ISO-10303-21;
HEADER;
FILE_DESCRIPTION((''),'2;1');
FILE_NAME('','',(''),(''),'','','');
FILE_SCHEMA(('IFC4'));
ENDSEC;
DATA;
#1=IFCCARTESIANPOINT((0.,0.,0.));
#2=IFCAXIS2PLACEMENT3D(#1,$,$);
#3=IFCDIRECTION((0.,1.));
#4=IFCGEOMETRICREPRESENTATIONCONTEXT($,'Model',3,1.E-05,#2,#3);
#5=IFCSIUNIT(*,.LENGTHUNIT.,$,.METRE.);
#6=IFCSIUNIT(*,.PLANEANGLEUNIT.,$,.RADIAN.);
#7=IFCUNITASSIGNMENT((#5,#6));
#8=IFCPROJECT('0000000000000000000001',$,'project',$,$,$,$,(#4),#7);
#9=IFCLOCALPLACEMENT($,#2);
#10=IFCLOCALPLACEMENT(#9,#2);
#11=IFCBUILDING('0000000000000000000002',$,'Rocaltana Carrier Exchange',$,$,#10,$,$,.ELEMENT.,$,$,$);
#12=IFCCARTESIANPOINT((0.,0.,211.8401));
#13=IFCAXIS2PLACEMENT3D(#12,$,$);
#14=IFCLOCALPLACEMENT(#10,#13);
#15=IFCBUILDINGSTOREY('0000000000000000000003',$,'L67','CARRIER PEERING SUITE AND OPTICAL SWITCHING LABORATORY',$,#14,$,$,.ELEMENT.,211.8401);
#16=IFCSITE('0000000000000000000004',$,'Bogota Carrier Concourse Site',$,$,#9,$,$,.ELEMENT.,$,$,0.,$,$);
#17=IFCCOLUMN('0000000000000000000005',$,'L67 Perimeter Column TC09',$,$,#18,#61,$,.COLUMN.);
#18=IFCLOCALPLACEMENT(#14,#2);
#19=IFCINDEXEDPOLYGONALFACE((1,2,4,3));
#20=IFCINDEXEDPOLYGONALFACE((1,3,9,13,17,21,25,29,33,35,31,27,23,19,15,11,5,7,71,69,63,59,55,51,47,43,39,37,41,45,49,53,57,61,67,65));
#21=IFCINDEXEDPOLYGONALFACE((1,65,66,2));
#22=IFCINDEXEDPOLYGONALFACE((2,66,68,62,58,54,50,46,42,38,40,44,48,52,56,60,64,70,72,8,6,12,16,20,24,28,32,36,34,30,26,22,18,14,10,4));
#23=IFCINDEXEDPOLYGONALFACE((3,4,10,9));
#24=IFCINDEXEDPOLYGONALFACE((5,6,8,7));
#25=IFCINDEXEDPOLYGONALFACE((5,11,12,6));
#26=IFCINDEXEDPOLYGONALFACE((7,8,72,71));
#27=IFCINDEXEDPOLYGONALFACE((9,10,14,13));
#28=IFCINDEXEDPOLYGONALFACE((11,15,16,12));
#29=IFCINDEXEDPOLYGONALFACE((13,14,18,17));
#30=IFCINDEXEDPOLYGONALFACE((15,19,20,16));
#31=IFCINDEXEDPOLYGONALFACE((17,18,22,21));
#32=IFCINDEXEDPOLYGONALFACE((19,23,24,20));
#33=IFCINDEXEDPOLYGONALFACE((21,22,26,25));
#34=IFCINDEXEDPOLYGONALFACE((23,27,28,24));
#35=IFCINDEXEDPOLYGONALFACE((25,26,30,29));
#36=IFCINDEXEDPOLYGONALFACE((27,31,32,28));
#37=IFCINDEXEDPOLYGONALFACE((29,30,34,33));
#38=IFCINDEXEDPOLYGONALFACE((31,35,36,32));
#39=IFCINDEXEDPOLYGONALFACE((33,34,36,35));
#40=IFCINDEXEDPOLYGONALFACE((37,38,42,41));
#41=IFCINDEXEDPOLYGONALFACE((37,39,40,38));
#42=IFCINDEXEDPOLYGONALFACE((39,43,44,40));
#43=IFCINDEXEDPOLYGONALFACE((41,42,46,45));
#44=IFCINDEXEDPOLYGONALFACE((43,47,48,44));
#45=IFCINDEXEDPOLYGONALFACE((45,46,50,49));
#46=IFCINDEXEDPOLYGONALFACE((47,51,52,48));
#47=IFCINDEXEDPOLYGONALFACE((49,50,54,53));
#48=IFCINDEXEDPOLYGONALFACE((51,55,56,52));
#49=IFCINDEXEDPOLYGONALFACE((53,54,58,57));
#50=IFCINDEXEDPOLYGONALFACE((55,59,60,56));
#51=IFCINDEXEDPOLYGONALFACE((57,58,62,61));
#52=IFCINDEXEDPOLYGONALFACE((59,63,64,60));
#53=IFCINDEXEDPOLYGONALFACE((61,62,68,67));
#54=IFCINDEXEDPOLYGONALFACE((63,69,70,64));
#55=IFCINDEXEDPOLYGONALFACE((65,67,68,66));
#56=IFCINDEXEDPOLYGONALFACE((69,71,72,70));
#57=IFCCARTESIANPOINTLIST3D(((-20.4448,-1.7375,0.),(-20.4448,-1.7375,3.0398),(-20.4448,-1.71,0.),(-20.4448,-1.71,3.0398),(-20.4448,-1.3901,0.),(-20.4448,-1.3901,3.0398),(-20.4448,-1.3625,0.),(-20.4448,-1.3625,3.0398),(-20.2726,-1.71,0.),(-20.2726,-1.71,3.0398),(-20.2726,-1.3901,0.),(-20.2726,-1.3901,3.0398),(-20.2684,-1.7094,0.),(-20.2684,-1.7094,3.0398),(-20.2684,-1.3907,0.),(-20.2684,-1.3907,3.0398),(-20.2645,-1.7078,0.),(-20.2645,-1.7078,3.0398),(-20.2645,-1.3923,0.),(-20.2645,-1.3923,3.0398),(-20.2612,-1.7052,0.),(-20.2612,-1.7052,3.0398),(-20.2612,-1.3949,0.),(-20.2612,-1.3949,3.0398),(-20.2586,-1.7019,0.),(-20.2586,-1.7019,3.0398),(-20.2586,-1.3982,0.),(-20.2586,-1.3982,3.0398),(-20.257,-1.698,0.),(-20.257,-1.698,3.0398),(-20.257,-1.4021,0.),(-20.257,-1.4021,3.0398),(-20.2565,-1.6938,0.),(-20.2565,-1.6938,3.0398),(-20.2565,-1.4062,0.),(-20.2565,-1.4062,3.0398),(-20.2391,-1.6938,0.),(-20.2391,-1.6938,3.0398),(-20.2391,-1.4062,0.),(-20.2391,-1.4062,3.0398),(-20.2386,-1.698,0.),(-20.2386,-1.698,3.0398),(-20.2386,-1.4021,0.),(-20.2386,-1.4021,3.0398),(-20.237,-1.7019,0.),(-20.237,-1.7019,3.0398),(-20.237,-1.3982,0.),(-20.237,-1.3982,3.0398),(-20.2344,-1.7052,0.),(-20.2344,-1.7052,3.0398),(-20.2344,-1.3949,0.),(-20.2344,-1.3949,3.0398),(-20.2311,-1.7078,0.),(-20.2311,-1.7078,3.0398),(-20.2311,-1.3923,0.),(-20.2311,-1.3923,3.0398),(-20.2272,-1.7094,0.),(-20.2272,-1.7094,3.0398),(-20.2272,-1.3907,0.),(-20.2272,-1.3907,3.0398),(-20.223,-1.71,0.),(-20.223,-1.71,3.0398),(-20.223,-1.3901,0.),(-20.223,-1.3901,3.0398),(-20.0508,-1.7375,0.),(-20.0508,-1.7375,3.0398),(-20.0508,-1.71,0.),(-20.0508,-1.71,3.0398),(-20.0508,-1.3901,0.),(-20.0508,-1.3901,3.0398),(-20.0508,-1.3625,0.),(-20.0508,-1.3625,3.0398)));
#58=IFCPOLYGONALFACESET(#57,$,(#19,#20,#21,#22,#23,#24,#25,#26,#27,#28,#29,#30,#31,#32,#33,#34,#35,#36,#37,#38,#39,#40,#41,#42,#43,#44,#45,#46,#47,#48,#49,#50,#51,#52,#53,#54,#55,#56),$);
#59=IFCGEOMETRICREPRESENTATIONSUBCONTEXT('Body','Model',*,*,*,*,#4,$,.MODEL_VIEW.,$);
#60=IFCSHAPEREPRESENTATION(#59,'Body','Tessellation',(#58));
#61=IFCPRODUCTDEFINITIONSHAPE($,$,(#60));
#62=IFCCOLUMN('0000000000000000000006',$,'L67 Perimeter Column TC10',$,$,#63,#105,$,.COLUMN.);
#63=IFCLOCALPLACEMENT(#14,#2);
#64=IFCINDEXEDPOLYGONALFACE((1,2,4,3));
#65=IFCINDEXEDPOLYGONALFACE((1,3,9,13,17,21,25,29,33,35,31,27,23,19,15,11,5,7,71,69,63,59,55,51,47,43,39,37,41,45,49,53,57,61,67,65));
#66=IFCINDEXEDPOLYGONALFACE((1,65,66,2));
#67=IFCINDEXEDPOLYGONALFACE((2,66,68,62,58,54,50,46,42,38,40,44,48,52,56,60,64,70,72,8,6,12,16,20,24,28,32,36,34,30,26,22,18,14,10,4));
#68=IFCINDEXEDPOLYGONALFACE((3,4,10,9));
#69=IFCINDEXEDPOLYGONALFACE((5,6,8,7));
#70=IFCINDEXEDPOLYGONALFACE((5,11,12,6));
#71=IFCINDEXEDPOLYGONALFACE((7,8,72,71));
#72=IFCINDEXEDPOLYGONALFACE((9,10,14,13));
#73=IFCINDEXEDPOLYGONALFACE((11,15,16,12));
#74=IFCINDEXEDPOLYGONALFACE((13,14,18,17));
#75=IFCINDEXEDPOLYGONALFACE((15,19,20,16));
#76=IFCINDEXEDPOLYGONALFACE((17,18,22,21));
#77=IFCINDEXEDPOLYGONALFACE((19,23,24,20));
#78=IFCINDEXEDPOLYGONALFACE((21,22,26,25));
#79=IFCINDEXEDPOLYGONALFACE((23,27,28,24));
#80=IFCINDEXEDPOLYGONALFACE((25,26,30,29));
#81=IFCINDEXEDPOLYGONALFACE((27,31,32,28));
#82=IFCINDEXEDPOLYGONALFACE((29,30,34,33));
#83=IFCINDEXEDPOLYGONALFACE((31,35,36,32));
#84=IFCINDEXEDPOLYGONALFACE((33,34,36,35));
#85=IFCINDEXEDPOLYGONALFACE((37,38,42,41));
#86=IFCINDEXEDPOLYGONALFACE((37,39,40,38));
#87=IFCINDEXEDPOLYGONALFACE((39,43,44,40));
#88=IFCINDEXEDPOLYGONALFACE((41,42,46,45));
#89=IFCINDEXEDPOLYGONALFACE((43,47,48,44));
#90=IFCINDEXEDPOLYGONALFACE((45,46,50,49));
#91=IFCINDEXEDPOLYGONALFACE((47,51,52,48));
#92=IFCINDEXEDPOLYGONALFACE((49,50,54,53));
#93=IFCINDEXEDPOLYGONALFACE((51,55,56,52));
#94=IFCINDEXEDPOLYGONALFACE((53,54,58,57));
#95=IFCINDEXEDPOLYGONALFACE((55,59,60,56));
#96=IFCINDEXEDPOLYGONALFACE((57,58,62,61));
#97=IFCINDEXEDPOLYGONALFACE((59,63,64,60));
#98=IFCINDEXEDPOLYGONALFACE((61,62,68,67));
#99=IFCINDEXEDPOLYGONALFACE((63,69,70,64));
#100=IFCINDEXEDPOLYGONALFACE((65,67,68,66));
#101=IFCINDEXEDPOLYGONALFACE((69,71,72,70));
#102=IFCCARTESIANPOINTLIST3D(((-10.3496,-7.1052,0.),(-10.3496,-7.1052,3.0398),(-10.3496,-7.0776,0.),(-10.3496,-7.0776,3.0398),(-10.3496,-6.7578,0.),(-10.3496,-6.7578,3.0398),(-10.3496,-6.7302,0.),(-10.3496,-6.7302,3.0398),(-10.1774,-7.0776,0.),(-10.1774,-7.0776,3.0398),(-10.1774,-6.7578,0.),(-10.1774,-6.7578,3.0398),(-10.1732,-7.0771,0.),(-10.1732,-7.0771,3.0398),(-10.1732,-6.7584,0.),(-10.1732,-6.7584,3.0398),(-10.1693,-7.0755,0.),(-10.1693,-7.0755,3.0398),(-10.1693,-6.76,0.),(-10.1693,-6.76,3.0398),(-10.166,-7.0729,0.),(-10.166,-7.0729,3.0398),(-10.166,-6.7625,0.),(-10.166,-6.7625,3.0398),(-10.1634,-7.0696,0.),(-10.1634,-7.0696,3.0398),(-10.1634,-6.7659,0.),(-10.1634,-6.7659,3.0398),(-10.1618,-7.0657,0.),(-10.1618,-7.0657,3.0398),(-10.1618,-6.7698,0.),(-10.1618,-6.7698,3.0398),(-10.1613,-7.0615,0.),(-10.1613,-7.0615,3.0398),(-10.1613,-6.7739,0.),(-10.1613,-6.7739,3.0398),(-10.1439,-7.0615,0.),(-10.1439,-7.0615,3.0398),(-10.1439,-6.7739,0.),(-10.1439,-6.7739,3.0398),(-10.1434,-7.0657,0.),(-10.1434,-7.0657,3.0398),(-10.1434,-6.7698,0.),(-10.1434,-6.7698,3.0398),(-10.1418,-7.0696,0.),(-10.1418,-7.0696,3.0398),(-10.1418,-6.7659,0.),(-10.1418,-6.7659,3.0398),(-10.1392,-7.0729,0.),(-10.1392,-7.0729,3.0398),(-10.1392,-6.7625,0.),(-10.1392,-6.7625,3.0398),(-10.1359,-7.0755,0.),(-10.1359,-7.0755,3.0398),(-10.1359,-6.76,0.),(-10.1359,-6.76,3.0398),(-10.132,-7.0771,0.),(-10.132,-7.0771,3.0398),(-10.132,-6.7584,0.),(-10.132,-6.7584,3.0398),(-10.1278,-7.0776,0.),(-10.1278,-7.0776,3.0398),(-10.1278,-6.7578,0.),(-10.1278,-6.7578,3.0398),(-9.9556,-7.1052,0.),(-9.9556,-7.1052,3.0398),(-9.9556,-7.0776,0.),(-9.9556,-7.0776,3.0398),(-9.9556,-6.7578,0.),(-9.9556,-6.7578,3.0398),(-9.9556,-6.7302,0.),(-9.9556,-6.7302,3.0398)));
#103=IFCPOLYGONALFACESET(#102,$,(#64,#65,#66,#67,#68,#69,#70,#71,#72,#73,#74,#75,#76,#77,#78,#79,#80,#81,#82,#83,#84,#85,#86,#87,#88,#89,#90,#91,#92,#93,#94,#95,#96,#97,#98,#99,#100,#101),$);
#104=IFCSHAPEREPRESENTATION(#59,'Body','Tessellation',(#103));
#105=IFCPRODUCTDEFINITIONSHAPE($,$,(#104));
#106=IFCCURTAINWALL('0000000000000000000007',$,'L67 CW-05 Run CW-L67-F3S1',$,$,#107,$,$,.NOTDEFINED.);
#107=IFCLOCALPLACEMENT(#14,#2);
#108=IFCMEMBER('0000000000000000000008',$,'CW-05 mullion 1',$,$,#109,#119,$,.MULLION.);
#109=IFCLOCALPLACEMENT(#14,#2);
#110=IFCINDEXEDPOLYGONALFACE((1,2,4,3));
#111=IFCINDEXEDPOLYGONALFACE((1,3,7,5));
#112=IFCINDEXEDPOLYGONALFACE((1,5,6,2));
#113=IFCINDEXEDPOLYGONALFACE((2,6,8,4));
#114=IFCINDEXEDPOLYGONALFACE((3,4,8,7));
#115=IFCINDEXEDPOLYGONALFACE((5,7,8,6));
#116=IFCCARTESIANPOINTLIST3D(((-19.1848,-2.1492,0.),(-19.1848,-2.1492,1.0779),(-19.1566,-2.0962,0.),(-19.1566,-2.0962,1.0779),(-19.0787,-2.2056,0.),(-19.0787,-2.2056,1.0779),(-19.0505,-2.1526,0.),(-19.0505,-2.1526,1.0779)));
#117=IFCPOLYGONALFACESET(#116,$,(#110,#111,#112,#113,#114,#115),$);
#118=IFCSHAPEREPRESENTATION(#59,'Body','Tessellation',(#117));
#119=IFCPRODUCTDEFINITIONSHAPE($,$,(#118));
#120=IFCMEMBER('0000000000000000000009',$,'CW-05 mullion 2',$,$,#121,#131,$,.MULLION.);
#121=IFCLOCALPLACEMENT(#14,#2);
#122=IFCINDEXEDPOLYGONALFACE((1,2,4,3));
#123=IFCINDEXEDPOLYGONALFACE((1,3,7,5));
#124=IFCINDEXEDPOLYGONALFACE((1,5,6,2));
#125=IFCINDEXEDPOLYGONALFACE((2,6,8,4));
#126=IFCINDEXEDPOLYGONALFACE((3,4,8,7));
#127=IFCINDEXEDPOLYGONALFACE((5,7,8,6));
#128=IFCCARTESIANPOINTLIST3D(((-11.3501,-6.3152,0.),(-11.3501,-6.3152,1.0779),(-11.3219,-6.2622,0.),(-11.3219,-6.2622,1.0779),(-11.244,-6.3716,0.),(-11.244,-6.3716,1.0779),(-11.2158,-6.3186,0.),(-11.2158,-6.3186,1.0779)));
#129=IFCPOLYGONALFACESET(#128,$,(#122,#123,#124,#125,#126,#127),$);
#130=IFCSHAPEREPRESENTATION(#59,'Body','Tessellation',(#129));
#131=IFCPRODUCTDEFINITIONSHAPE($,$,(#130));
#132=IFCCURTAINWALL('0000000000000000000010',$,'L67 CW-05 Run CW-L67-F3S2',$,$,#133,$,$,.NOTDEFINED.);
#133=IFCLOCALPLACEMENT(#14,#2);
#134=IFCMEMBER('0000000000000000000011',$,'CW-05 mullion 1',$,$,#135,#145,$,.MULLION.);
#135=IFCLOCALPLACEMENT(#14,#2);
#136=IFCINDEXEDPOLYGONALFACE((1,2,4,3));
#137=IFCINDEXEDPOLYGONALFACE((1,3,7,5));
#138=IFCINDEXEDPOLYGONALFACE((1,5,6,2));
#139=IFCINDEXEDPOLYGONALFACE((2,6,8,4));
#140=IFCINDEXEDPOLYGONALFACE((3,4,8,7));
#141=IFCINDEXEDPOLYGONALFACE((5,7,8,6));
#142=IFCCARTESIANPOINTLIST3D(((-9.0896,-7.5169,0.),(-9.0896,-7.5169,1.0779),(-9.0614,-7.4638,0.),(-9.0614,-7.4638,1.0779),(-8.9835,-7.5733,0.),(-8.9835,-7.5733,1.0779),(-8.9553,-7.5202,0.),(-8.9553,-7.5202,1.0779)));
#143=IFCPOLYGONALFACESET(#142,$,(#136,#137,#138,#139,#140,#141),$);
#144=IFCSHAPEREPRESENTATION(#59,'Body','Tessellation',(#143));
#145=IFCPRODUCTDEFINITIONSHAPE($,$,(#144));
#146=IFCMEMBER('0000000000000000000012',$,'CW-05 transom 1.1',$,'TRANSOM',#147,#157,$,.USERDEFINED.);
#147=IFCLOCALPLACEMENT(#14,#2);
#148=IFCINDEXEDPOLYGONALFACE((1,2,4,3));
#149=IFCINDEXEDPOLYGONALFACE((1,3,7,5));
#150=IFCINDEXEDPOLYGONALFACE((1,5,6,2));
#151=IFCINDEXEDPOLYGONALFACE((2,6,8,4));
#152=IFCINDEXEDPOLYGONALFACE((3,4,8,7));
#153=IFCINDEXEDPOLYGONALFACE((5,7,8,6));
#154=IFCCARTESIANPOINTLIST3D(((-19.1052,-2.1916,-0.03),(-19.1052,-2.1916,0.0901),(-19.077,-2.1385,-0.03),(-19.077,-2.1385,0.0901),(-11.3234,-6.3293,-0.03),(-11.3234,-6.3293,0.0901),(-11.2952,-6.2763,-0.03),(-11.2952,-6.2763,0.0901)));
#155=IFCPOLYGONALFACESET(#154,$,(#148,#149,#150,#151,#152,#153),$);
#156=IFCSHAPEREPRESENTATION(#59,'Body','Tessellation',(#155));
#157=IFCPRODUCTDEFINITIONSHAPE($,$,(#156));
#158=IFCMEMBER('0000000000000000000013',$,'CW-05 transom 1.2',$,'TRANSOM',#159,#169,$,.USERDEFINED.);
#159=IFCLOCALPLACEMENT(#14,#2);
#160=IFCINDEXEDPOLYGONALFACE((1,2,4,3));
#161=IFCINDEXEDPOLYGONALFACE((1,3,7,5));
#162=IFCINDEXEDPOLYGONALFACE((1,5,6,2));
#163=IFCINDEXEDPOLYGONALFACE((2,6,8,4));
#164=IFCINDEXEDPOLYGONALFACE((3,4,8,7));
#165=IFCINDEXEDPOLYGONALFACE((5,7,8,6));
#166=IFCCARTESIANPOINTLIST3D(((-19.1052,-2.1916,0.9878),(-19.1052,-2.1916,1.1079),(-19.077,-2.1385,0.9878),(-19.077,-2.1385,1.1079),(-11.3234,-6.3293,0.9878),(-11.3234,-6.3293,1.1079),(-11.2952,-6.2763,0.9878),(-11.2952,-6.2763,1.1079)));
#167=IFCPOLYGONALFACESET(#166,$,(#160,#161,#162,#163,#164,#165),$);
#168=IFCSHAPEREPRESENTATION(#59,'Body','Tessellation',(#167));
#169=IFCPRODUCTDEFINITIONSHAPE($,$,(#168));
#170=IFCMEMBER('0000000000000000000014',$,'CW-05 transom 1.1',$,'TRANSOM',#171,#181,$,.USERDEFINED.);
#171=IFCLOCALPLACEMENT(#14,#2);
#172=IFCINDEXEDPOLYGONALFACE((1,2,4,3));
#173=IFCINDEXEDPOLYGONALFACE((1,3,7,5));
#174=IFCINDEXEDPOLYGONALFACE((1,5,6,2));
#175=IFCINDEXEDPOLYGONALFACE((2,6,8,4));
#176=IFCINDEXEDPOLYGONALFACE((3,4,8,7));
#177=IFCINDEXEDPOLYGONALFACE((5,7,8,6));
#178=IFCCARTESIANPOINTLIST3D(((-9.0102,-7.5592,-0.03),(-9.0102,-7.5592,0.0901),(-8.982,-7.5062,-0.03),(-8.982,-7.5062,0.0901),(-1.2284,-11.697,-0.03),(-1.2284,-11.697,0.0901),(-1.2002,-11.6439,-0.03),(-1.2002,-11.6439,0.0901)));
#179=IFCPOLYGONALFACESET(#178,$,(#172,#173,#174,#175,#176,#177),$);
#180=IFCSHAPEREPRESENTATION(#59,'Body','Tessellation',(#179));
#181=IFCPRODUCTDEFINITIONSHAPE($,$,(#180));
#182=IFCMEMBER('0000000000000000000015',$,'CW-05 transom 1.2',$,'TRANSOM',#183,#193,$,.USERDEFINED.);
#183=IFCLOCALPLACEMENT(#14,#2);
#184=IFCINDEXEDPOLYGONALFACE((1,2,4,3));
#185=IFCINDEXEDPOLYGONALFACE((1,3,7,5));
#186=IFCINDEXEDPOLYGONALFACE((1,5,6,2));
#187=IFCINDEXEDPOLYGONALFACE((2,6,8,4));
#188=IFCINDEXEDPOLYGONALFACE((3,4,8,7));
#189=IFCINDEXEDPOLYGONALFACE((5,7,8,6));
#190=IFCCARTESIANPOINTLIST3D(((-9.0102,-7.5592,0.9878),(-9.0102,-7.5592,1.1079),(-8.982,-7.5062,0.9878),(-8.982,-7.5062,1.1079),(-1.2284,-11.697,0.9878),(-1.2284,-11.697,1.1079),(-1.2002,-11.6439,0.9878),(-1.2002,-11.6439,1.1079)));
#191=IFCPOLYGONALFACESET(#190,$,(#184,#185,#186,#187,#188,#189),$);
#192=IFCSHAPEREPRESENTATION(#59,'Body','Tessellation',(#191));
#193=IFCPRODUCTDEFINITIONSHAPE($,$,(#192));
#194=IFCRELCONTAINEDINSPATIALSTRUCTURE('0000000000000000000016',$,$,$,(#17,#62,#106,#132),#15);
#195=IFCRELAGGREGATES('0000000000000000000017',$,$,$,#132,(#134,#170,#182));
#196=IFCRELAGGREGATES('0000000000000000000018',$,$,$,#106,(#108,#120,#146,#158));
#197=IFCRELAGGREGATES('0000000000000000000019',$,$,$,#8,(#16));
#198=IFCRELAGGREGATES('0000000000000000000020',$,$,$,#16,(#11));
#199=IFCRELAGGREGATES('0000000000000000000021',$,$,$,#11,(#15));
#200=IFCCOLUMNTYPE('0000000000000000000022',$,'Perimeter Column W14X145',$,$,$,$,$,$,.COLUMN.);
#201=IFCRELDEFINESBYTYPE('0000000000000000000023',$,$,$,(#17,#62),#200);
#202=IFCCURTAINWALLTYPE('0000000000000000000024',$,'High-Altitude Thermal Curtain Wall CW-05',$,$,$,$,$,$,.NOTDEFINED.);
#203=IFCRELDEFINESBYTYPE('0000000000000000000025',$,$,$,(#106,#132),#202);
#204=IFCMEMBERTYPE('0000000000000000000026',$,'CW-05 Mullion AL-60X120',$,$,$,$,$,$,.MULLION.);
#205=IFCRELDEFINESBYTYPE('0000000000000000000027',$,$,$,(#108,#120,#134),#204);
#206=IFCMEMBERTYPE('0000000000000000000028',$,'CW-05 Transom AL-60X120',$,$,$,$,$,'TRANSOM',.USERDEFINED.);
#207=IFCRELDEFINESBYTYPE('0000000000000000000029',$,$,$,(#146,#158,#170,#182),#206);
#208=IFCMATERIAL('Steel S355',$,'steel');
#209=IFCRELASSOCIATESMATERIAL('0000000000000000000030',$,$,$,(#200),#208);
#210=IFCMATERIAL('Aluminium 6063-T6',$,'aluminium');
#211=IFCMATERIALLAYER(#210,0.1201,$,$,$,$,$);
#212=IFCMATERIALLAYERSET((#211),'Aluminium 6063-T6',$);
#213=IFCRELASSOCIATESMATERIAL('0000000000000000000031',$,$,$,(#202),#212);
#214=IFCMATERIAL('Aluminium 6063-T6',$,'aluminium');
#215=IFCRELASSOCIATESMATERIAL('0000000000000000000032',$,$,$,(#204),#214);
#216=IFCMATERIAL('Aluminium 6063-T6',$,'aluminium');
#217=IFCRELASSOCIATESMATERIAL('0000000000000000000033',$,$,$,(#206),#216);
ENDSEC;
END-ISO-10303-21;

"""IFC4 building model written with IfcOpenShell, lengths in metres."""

from ifc_helpers import new_model, si_unit, direction, frame, origin, origin_2d, place, context, subcontext, project, spatial, rectangle, i_section, extrude, material, layer, layer_set, material_profile, profile_set, type_object, element, aggregate, save


model = new_model("IFC4")

# Units and contexts
model_context = context("Model", 3, precision=1e-05, world=origin(), true_north=direction((0.0, 1.0)))
body_context = subcontext(model_context, "Body", "Model", "MODEL_VIEW")
ifc_project = project(units=[si_unit("LENGTHUNIT", "METRE"), si_unit("PLANEANGLEUNIT", "RADIAN")], contexts=[model_context])

# Site, building, storey
site_placement = place(None, origin())
site = spatial("IfcSite", under=ifc_project, at=site_placement, Name="Bogota Carrier Concourse Site", CompositionType="ELEMENT", RefElevation=0.0)
building_placement = place(site_placement, origin())
building = spatial("IfcBuilding", under=site, at=building_placement, Name="Rocaltana Carrier Exchange", CompositionType="ELEMENT")
storey_placement = place(building_placement, frame((0.0, 0.0, 211.8401)))
storey = spatial("IfcBuildingStorey", under=building, at=storey_placement, Name="L67", Description="CARRIER PEERING SUITE AND OPTICAL SWITCHING LABORATORY", CompositionType="ELEMENT", Elevation=211.8401)

# Columns
ifc_material_1 = material(Name="Steel S355", Category="steel")
ifc_material_profile_1 = material_profile(ifc_material_1, i_section(OverallWidth=0.394, OverallDepth=0.375, WebThickness=0.0173, FlangeThickness=0.0276, FilletRadius=0.0161, at=origin_2d()), Name="W14X145")
ifc_profile_set_1 = profile_set([ifc_material_profile_1], Name="Steel S355")
column_type = type_object("IfcColumnType", Name="Perimeter Column W14X145", PredefinedType="COLUMN", material=ifc_profile_set_1)
for number, where, z_axis, x_axis, name in (
    (1, (-20.2478, -1.55, 0.0), (0.0, 0.0, 1.0), (1.0, 0.0, 0.0), "L67 Perimeter Column TC09"),
    (2, (-10.1526, -6.9177, 0.0), (0.0, 0.0, 1.0), (1.0, 0.0, 0.0), "L67 Perimeter Column TC10"),
):
    element("IfcColumn", number, at=place(storey_placement, frame(where, z_axis=z_axis, x_axis=x_axis)), inside=storey, type_object=column_type, Name=name, PredefinedType="COLUMN", context=body_context, shape_type="SweptSolid", body=[
        extrude(i_section(OverallWidth=0.394, OverallDepth=0.375, WebThickness=0.0173, FlangeThickness=0.0276, FilletRadius=0.0161, at=origin_2d()), origin(), (0.0, 0.0, 1.0), 3.0398),
    ])

# Curtain wall, members
ifc_material_2 = material(Name="Aluminium 6063-T6", Category="aluminium")
ifc_layer_1 = layer(ifc_material_2, 0.1201)
ifc_layer_set_1 = layer_set([ifc_layer_1], Name="Aluminium 6063-T6")
curtain_wall_type = type_object("IfcCurtainWallType", Name="High-Altitude Thermal Curtain Wall CW-05", PredefinedType="NOTDEFINED", material=ifc_layer_set_1)
curtain_wall_1_placement = place(storey_placement, origin())
curtain_wall_1 = element("IfcCurtainWall", 3, at=curtain_wall_1_placement, inside=storey, type_object=curtain_wall_type, Name="L67 CW-05 Run CW-L67-F3S1", PredefinedType="NOTDEFINED")
ifc_material_3 = material(Name="Aluminium 6063-T6", Category="aluminium")
ifc_material_profile_2 = material_profile(ifc_material_3, rectangle(XDim=0.0601, YDim=0.1201, at=origin_2d()), Name="AL-60X120")
ifc_profile_set_2 = profile_set([ifc_material_profile_2], Name="Aluminium 6063-T6")
member_type_1 = type_object("IfcMemberType", Name="CW-05 Mullion AL-60X120", PredefinedType="MULLION", material=ifc_profile_set_2)
member_1_placement = place(storey_placement, frame((-19.1177, -2.1509, 0.0), z_axis=(0.0, 0.0, 1.0), x_axis=(0.469483, 0.882941, 0.0)))
member_1 = element("IfcMember", 4, at=member_1_placement, type_object=member_type_1, Name="CW-05 mullion 1", PredefinedType="MULLION", context=body_context, shape_type="SweptSolid", body=[
    extrude(rectangle(XDim=0.0601, YDim=0.1201, at=origin_2d()), origin(), (0.0, 0.0, 1.0), 1.0779),
])
member_2_placement = place(storey_placement, frame((-11.283, -6.3169, 0.0), z_axis=(0.0, 0.0, 1.0), x_axis=(0.469483, 0.882941, 0.0)))
member_2 = element("IfcMember", 5, at=member_2_placement, type_object=member_type_1, Name="CW-05 mullion 2", PredefinedType="MULLION", context=body_context, shape_type="SweptSolid", body=[
    extrude(rectangle(XDim=0.0601, YDim=0.1201, at=origin_2d()), origin(), (0.0, 0.0, 1.0), 1.0779),
])

# Curtain wall, member
curtain_wall_2_placement = place(storey_placement, origin())
curtain_wall_2 = element("IfcCurtainWall", 6, at=curtain_wall_2_placement, inside=storey, type_object=curtain_wall_type, Name="L67 CW-05 Run CW-L67-F3S2", PredefinedType="NOTDEFINED")
member_3_placement = place(storey_placement, frame((-9.0225, -7.5186, 0.0), z_axis=(0.0, 0.0, 1.0), x_axis=(0.469479, 0.882943, 0.0)))
member_3 = element("IfcMember", 7, at=member_3_placement, type_object=member_type_1, Name="CW-05 mullion 1", PredefinedType="MULLION", context=body_context, shape_type="SweptSolid", body=[
    extrude(rectangle(XDim=0.0601, YDim=0.1201, at=origin_2d()), origin(), (0.0, 0.0, 1.0), 1.0779),
])

# Members
ifc_material_4 = material(Name="Aluminium 6063-T6", Category="aluminium")
ifc_material_profile_3 = material_profile(ifc_material_4, rectangle(XDim=0.0601, YDim=0.1201, at=origin_2d()), Name="AL-60X120")
ifc_profile_set_3 = profile_set([ifc_material_profile_3], Name="Aluminium 6063-T6")
member_type_2 = type_object("IfcMemberType", Name="CW-05 Transom AL-60X120", ElementType="TRANSOM", PredefinedType="USERDEFINED", material=ifc_profile_set_3)
member_4_placement = place(storey_placement, frame((-19.0911, -2.165, 0.03), z_axis=(0.882944, -0.469478, 0.0), x_axis=(0.469478, 0.882944, 0.0)))
member_4 = element("IfcMember", 8, at=member_4_placement, type_object=member_type_2, Name="CW-05 transom 1.1", ObjectType="TRANSOM", PredefinedType="USERDEFINED", context=body_context, shape_type="SweptSolid", body=[
    extrude(rectangle(XDim=0.0601, YDim=0.1201, at=origin_2d()), origin(), (0.0, 0.0, 1.0), 8.8135),
])
member_5_placement = place(storey_placement, frame((-19.0911, -2.165, 1.0479), z_axis=(0.882944, -0.469478, 0.0), x_axis=(0.469478, 0.882944, 0.0)))
member_5 = element("IfcMember", 9, at=member_5_placement, type_object=member_type_2, Name="CW-05 transom 1.2", ObjectType="TRANSOM", PredefinedType="USERDEFINED", context=body_context, shape_type="SweptSolid", body=[
    extrude(rectangle(XDim=0.0601, YDim=0.1201, at=origin_2d()), origin(), (0.0, 0.0, 1.0), 8.8135),
])
member_6_placement = place(storey_placement, frame((-8.9961, -7.5327, 0.03), z_axis=(0.882944, -0.469478, 0.0), x_axis=(0.469478, 0.882944, 0.0)))
member_6 = element("IfcMember", 10, at=member_6_placement, type_object=member_type_2, Name="CW-05 transom 1.1", ObjectType="TRANSOM", PredefinedType="USERDEFINED", context=body_context, shape_type="SweptSolid", body=[
    extrude(rectangle(XDim=0.0601, YDim=0.1201, at=origin_2d()), origin(), (0.0, 0.0, 1.0), 8.8135),
])
member_7_placement = place(storey_placement, frame((-8.9961, -7.5327, 1.0479), z_axis=(0.882944, -0.469478, 0.0), x_axis=(0.469478, 0.882944, 0.0)))
member_7 = element("IfcMember", 11, at=member_7_placement, type_object=member_type_2, Name="CW-05 transom 1.2", ObjectType="TRANSOM", PredefinedType="USERDEFINED", context=body_context, shape_type="SweptSolid", body=[
    extrude(rectangle(XDim=0.0601, YDim=0.1201, at=origin_2d()), origin(), (0.0, 0.0, 1.0), 8.8135),
])
aggregate(curtain_wall_2, [member_3, member_6, member_7])

aggregate(curtain_wall_1, [member_1, member_2, member_4, member_5])

save(model, "model.ifc")
